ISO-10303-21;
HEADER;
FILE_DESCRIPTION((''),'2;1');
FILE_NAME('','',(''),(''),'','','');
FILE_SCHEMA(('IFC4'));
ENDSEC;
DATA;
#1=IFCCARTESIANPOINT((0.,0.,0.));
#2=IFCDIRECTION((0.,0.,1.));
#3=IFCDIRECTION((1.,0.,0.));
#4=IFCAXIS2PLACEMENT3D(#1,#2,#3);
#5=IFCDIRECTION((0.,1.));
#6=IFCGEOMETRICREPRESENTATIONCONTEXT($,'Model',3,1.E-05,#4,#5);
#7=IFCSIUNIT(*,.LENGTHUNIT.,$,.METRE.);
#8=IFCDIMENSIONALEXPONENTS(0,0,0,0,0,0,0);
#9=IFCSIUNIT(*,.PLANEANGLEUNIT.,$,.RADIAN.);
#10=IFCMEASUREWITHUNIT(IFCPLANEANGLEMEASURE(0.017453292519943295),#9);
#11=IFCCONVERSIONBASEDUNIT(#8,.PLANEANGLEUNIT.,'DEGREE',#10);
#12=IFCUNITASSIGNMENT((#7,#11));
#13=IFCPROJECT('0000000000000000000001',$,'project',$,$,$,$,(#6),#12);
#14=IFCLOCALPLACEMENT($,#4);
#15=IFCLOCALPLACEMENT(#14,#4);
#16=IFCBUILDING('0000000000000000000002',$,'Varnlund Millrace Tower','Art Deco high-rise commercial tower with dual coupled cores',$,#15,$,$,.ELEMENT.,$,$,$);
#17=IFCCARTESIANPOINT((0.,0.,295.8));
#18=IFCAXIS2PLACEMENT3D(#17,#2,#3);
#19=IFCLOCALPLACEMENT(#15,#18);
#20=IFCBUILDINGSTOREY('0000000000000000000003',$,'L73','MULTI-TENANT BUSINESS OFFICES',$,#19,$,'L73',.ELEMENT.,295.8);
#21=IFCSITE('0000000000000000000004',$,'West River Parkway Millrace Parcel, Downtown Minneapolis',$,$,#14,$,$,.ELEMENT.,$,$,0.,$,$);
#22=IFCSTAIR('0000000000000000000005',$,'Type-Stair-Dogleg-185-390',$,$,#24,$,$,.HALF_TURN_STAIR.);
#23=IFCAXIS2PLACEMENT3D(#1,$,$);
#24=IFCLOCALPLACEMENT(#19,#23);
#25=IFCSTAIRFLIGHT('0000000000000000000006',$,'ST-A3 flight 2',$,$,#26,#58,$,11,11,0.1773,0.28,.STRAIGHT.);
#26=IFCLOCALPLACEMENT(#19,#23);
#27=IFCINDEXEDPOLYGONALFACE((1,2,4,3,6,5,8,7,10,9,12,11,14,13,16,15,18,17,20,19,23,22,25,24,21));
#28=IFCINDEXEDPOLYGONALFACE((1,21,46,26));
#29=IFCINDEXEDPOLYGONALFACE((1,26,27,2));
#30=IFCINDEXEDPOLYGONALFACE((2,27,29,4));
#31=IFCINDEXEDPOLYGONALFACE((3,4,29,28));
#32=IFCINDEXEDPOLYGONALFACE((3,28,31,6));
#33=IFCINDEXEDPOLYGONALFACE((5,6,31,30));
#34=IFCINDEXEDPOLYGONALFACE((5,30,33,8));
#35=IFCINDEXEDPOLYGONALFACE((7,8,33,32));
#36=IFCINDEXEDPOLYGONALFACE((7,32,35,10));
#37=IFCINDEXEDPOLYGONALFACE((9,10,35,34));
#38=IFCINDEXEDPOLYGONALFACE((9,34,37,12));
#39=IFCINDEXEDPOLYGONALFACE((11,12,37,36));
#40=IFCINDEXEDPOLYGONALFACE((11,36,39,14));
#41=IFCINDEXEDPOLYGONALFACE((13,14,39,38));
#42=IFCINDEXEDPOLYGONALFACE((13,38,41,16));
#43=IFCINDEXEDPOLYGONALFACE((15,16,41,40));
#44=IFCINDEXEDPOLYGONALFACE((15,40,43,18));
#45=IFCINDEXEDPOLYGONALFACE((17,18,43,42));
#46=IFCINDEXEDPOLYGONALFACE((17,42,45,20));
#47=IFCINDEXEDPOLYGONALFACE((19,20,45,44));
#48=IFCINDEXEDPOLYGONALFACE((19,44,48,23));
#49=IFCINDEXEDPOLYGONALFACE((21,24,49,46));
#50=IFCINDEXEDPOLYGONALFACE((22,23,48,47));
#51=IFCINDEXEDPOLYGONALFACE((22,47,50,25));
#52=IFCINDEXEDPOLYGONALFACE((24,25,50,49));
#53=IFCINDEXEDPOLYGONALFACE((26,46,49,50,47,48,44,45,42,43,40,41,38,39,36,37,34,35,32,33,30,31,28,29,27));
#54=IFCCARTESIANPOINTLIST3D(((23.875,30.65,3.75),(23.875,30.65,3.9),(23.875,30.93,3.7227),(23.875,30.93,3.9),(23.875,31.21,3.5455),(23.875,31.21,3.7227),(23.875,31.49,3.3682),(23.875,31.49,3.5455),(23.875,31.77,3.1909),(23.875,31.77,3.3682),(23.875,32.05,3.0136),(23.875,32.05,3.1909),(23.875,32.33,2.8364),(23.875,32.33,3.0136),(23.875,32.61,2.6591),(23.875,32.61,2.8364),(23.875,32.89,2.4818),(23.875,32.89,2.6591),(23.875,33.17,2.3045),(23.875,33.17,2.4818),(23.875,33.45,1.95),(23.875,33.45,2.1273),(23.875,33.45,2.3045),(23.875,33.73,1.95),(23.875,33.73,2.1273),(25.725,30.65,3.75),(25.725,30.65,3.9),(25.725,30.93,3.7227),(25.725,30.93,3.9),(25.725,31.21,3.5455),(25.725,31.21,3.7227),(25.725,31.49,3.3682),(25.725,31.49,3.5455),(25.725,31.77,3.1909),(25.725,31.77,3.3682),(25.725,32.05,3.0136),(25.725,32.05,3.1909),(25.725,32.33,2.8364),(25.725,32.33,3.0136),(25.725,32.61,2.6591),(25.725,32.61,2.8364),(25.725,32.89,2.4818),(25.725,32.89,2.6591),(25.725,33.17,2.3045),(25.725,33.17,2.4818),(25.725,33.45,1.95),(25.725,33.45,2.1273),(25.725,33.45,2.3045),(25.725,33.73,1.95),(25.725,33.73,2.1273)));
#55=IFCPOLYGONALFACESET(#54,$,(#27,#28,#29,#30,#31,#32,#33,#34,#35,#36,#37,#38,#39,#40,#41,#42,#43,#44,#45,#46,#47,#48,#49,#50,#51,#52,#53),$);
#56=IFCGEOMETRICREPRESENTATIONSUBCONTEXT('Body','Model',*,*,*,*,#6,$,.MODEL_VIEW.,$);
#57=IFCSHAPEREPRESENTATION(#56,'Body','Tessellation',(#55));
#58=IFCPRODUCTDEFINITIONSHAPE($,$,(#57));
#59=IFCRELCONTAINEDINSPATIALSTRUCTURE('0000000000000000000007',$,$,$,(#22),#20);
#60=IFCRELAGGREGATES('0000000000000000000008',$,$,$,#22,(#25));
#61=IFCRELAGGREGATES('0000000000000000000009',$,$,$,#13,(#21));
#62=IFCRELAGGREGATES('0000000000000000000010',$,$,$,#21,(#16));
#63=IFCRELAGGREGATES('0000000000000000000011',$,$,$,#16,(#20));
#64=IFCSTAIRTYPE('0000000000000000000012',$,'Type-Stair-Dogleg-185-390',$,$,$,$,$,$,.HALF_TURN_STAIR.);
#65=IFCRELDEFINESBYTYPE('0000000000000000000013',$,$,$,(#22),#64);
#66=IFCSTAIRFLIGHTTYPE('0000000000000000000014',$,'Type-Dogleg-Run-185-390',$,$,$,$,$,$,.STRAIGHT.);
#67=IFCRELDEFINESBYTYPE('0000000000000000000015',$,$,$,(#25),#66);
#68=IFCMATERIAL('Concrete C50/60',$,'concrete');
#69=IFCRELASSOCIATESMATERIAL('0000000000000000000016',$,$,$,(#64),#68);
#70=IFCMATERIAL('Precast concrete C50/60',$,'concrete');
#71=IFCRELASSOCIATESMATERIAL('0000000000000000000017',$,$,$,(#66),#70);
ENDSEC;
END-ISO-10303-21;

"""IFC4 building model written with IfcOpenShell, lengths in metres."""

from ifc_helpers import new_model, entity, si_unit, converted_unit, direction, frame, origin_with_axes, place, context, subcontext, project, spatial, polyline, outline, extrude, material, type_object, element, aggregate, save


model = new_model("IFC4")

# Units and contexts
model_context = context("Model", 3, precision=1e-05, world=origin_with_axes(), true_north=direction((0.0, 1.0)))
body_context = subcontext(model_context, "Body", "Model", "MODEL_VIEW")
ifc_project = project(units=[si_unit("LENGTHUNIT", "METRE"), converted_unit("PLANEANGLEUNIT", "DEGREE", entity("IfcPlaneAngleMeasure", 0.017453292519943295), si_unit("PLANEANGLEUNIT", "RADIAN"), dimensions=[0, 0, 0, 0, 0, 0, 0])], contexts=[model_context])

# Site, building, storey
site_placement = place(None, origin_with_axes())
site = spatial("IfcSite", under=ifc_project, at=site_placement, Name="West River Parkway Millrace Parcel, Downtown Minneapolis", CompositionType="ELEMENT", RefElevation=0.0)
building_placement = place(site_placement, origin_with_axes())
building = spatial("IfcBuilding", under=site, at=building_placement, Name="Varnlund Millrace Tower", Description="Art Deco high-rise commercial tower with dual coupled cores", CompositionType="ELEMENT")
storey_placement = place(building_placement, frame((0.0, 0.0, 295.8), z_axis=(0.0, 0.0, 1.0), x_axis=(1.0, 0.0, 0.0)))
storey = spatial("IfcBuildingStorey", under=building, at=storey_placement, Name="L73", Description="MULTI-TENANT BUSINESS OFFICES", LongName="L73", CompositionType="ELEMENT", Elevation=295.8)

# Shared definitions
ifc_material_1 = material(Name="Precast concrete C50/60", Category="concrete")

# Stair, stair flight
ifc_material_2 = material(Name="Concrete C50/60", Category="concrete")
stair_type = type_object("IfcStairType", Name="Type-Stair-Dogleg-185-390", PredefinedType="HALF_TURN_STAIR", material=ifc_material_2)
stair_placement = place(storey_placement, origin_with_axes())
stair = element("IfcStair", 1, at=stair_placement, inside=storey, type_object=stair_type, Name="Type-Stair-Dogleg-185-390", PredefinedType="HALF_TURN_STAIR")
stair_flight_type = type_object("IfcStairFlightType", Name="Type-Dogleg-Run-185-390", PredefinedType="STRAIGHT", material=ifc_material_1)
stair_flight_placement = place(storey_placement, frame((25.725, 33.73, 1.95), z_axis=(-1.0, 0.0, 0.0), x_axis=(0.0, -1.0, 0.0)))
stair_flight = element("IfcStairFlight", 2, at=stair_flight_placement, type_object=stair_flight_type, Name="ST-A3 flight 2", NumberOfRisers=11, NumberOfTreads=11, PredefinedType="STRAIGHT", RiserHeight=0.1773, TreadLength=0.28, context=body_context, shape_type="SweptSolid", body=[
    extrude(outline(polyline([(0.0, 0.0), (0.0, 0.1773), (0.28, 0.1773), (0.28, 0.3545), (0.56, 0.3545), (0.56, 0.5318), (0.84, 0.5318), (0.84, 0.7091), (1.12, 0.7091), (1.12, 0.8864), (1.4, 0.8864), (1.4, 1.0636), (1.68, 1.0636), (1.68, 1.2409), (1.96, 1.2409), (1.96, 1.4182), (2.24, 1.4182), (2.24, 1.5955), (2.52, 1.5955), (2.52, 1.7727), (2.8, 1.7727), (2.8, 1.95), (3.08, 1.95), (3.08, 1.8), (0.28, 0.0), (0.0, 0.0)])), origin_with_axes(), (0.0, 0.0, 1.0), 1.85),
])
aggregate(stair, [stair_flight])

save(model, "model.ifc")
